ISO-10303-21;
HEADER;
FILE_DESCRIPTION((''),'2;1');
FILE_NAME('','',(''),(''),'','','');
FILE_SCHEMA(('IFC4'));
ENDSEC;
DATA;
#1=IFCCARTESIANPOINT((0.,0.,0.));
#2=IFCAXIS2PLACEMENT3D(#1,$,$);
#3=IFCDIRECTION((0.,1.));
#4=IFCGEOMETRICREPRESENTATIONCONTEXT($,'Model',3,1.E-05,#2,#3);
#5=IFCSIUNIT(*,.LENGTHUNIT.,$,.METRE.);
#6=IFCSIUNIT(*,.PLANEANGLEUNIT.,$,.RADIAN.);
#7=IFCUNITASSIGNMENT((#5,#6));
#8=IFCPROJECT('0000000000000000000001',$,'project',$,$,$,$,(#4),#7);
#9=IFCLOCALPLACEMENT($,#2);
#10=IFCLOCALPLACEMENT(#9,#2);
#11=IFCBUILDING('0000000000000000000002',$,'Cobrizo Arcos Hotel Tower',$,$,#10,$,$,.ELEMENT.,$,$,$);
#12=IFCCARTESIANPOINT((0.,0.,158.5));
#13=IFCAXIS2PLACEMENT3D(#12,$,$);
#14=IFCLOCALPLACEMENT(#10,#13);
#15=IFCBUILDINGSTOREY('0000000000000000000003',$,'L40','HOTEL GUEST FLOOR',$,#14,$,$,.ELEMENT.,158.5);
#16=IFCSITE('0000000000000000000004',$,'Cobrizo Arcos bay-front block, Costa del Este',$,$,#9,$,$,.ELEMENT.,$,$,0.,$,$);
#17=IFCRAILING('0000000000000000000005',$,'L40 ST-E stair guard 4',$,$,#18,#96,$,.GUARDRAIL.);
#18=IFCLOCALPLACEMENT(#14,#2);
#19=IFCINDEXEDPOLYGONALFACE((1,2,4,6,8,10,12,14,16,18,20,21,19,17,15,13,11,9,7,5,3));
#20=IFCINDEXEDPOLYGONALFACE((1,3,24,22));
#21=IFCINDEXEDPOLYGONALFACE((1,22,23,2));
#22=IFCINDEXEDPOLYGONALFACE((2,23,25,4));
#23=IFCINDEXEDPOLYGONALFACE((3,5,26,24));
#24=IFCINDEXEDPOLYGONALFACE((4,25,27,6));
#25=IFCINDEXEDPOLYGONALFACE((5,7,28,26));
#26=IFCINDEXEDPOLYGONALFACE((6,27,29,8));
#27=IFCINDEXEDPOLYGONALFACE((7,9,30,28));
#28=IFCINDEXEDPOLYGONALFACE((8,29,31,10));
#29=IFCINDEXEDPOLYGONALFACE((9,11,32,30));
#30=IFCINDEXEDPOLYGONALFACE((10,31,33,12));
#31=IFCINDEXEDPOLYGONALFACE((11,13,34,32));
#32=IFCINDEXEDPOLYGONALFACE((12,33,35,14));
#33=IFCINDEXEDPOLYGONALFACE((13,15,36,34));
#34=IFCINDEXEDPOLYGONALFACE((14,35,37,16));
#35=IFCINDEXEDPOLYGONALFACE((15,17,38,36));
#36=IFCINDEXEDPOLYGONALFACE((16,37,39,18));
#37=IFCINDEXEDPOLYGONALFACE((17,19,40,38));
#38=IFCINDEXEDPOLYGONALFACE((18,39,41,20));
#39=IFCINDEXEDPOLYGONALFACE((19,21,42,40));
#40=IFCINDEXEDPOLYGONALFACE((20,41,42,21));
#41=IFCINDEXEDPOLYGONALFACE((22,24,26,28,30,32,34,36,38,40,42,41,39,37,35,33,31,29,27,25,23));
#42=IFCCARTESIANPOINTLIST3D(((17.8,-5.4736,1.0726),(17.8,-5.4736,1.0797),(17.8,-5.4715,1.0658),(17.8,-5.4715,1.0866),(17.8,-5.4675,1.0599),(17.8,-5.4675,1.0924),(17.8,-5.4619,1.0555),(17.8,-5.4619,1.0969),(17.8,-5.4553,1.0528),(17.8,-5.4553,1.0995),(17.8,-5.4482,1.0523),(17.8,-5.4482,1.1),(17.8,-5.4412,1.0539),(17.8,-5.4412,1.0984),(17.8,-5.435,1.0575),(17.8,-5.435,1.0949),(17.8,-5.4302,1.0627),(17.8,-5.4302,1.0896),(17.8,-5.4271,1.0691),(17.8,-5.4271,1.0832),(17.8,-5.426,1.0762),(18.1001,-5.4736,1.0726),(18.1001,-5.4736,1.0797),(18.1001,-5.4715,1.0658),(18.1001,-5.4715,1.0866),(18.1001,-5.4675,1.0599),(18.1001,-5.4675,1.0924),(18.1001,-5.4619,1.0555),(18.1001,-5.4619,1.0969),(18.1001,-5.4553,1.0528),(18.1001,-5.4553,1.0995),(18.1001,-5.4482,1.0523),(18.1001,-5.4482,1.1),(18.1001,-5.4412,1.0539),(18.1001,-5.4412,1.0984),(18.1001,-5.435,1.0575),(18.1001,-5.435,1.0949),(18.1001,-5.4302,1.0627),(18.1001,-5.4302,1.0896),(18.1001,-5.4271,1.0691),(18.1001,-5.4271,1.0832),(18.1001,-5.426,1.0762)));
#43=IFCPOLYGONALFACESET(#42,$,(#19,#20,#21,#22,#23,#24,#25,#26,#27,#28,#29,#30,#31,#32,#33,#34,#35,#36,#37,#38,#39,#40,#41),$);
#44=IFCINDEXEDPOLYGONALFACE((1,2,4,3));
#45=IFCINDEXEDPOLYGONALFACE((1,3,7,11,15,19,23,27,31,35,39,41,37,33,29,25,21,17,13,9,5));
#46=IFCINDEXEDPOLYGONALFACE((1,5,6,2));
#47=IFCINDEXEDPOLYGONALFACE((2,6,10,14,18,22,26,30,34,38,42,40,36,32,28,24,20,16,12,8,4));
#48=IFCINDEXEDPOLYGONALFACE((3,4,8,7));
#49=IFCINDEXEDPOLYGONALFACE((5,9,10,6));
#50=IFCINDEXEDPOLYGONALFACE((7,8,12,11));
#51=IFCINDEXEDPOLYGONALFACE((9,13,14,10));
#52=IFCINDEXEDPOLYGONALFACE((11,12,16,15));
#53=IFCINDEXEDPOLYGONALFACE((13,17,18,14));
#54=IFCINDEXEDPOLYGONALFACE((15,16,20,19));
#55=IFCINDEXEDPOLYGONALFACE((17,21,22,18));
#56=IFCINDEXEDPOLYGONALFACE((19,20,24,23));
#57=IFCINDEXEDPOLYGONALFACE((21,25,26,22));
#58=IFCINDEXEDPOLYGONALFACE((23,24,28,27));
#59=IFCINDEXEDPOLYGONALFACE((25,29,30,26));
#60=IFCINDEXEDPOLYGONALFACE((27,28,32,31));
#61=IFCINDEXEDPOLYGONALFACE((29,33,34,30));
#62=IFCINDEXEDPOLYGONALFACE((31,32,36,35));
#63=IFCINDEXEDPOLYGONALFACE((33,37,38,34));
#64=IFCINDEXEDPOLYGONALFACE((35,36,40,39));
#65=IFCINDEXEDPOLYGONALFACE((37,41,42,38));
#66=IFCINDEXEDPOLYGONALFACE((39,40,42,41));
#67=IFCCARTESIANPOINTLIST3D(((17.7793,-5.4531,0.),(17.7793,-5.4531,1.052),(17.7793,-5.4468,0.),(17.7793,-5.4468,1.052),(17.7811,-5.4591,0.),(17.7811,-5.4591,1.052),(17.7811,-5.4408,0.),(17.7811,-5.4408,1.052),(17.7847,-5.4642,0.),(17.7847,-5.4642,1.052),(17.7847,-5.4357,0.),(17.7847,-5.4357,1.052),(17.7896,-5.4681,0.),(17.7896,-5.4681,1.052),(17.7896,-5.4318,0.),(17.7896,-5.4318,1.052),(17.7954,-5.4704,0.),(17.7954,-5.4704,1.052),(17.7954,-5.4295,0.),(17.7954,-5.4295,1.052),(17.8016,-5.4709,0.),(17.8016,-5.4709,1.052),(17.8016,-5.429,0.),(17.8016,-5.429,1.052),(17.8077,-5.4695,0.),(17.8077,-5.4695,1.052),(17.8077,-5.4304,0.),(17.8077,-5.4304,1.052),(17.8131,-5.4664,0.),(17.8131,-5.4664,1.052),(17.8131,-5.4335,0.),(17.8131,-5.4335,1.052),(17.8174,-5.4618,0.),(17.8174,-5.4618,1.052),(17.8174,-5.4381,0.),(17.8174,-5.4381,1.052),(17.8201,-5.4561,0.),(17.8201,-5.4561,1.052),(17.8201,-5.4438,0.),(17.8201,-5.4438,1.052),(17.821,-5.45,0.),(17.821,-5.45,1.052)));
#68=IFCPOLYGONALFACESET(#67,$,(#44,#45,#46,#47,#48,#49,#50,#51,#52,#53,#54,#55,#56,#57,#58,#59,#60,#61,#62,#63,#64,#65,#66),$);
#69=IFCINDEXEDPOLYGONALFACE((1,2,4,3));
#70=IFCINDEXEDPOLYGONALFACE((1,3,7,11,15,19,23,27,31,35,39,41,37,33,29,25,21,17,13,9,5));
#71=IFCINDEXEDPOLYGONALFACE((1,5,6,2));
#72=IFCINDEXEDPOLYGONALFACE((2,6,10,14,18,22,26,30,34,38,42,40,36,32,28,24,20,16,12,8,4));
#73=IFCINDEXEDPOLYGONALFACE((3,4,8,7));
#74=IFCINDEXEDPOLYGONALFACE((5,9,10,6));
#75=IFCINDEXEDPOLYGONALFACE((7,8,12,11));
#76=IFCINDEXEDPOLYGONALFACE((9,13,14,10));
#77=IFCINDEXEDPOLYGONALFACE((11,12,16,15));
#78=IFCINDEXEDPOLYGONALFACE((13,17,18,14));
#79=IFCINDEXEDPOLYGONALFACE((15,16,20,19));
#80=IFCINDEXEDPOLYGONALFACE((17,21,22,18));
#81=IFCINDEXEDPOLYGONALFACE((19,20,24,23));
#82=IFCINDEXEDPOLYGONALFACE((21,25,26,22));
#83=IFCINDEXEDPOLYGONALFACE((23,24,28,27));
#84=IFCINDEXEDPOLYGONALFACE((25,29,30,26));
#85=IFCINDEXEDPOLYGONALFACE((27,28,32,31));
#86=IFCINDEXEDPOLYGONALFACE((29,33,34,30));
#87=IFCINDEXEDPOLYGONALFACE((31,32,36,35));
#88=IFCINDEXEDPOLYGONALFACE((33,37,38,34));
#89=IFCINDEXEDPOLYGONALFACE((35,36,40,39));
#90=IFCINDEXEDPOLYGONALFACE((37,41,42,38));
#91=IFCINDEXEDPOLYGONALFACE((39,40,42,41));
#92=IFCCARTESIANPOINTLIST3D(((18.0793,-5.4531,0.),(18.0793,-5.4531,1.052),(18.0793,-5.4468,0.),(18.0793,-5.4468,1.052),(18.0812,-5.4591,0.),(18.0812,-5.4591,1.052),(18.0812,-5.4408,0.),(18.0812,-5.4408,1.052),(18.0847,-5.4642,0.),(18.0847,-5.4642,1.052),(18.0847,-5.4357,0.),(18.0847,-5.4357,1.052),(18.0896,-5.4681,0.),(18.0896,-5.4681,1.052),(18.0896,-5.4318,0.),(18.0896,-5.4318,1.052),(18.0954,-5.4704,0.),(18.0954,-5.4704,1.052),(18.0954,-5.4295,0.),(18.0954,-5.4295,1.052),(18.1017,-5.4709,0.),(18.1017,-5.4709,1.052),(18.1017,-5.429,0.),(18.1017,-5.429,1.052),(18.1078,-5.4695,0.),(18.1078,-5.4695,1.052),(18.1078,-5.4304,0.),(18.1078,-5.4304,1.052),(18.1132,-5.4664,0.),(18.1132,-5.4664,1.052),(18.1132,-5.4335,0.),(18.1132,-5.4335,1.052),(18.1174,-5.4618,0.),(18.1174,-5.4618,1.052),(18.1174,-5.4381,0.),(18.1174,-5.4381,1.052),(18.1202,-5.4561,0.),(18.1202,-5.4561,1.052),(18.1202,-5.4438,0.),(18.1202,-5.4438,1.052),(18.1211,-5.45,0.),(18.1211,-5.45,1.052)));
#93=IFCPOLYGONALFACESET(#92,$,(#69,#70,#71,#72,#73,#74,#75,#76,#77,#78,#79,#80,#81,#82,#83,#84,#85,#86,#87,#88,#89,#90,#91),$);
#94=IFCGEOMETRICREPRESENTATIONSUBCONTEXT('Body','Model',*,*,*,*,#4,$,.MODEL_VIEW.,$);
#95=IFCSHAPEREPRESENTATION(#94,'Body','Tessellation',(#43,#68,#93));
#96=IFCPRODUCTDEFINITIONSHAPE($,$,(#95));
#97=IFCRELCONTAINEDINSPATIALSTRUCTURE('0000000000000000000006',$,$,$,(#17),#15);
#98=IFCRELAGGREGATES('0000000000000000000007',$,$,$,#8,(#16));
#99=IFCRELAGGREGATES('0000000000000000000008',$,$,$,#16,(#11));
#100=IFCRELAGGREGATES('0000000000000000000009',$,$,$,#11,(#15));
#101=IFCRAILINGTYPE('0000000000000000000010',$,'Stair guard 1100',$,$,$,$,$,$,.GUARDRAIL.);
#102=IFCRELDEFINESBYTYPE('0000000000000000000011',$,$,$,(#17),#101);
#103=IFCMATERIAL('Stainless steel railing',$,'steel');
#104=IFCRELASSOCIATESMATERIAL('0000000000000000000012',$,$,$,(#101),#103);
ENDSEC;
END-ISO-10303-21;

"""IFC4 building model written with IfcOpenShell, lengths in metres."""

from ifc_helpers import new_model, si_unit, direction, frame, origin, origin_2d, place, context, subcontext, project, spatial, circle, extrude, material, type_object, element, save


model = new_model("IFC4")

# Units and contexts
model_context = context("Model", 3, precision=1e-05, world=origin(), true_north=direction((0.0, 1.0)))
body_context = subcontext(model_context, "Body", "Model", "MODEL_VIEW")
ifc_project = project(units=[si_unit("LENGTHUNIT", "METRE"), si_unit("PLANEANGLEUNIT", "RADIAN")], contexts=[model_context])

# Site, building, storey
site_placement = place(None, origin())
site = spatial("IfcSite", under=ifc_project, at=site_placement, Name="Cobrizo Arcos bay-front block, Costa del Este", CompositionType="ELEMENT", RefElevation=0.0)
building_placement = place(site_placement, origin())
building = spatial("IfcBuilding", under=site, at=building_placement, Name="Cobrizo Arcos Hotel Tower", CompositionType="ELEMENT")
storey_placement = place(building_placement, frame((0.0, 0.0, 158.5)))
storey = spatial("IfcBuildingStorey", under=building, at=storey_placement, Name="L40", Description="HOTEL GUEST FLOOR", CompositionType="ELEMENT", Elevation=158.5)

# Railing
ifc_material_1 = material(Name="Stainless steel railing", Category="steel")
railing_type = type_object("IfcRailingType", Name="Stair guard 1100", PredefinedType="GUARDRAIL", material=ifc_material_1)
railing_placement = place(storey_placement, frame((17.8, -5.45, 0.0)))
element("IfcRailing", 1, at=railing_placement, inside=storey, type_object=railing_type, Name="L40 ST-E stair guard 4", PredefinedType="GUARDRAIL", context=body_context, shape_type="SweptSolid", body=[
    extrude(circle(Radius=0.0239, at=origin_2d()), frame((0.0, 0.0, 1.0762), z_axis=(1.0, 0.0, 0.0), x_axis=(0.0, 1.0, 0.0)), (0.0, 0.0, 1.0), 0.3),
    extrude(circle(Radius=0.021, at=origin_2d()), origin(), (0.0, 0.0, 1.0), 1.052),
    extrude(circle(Radius=0.021, at=origin_2d()), frame((0.3, 0.0, 0.0)), (0.0, 0.0, 1.0), 1.052),
])

save(model, "model.ifc")
